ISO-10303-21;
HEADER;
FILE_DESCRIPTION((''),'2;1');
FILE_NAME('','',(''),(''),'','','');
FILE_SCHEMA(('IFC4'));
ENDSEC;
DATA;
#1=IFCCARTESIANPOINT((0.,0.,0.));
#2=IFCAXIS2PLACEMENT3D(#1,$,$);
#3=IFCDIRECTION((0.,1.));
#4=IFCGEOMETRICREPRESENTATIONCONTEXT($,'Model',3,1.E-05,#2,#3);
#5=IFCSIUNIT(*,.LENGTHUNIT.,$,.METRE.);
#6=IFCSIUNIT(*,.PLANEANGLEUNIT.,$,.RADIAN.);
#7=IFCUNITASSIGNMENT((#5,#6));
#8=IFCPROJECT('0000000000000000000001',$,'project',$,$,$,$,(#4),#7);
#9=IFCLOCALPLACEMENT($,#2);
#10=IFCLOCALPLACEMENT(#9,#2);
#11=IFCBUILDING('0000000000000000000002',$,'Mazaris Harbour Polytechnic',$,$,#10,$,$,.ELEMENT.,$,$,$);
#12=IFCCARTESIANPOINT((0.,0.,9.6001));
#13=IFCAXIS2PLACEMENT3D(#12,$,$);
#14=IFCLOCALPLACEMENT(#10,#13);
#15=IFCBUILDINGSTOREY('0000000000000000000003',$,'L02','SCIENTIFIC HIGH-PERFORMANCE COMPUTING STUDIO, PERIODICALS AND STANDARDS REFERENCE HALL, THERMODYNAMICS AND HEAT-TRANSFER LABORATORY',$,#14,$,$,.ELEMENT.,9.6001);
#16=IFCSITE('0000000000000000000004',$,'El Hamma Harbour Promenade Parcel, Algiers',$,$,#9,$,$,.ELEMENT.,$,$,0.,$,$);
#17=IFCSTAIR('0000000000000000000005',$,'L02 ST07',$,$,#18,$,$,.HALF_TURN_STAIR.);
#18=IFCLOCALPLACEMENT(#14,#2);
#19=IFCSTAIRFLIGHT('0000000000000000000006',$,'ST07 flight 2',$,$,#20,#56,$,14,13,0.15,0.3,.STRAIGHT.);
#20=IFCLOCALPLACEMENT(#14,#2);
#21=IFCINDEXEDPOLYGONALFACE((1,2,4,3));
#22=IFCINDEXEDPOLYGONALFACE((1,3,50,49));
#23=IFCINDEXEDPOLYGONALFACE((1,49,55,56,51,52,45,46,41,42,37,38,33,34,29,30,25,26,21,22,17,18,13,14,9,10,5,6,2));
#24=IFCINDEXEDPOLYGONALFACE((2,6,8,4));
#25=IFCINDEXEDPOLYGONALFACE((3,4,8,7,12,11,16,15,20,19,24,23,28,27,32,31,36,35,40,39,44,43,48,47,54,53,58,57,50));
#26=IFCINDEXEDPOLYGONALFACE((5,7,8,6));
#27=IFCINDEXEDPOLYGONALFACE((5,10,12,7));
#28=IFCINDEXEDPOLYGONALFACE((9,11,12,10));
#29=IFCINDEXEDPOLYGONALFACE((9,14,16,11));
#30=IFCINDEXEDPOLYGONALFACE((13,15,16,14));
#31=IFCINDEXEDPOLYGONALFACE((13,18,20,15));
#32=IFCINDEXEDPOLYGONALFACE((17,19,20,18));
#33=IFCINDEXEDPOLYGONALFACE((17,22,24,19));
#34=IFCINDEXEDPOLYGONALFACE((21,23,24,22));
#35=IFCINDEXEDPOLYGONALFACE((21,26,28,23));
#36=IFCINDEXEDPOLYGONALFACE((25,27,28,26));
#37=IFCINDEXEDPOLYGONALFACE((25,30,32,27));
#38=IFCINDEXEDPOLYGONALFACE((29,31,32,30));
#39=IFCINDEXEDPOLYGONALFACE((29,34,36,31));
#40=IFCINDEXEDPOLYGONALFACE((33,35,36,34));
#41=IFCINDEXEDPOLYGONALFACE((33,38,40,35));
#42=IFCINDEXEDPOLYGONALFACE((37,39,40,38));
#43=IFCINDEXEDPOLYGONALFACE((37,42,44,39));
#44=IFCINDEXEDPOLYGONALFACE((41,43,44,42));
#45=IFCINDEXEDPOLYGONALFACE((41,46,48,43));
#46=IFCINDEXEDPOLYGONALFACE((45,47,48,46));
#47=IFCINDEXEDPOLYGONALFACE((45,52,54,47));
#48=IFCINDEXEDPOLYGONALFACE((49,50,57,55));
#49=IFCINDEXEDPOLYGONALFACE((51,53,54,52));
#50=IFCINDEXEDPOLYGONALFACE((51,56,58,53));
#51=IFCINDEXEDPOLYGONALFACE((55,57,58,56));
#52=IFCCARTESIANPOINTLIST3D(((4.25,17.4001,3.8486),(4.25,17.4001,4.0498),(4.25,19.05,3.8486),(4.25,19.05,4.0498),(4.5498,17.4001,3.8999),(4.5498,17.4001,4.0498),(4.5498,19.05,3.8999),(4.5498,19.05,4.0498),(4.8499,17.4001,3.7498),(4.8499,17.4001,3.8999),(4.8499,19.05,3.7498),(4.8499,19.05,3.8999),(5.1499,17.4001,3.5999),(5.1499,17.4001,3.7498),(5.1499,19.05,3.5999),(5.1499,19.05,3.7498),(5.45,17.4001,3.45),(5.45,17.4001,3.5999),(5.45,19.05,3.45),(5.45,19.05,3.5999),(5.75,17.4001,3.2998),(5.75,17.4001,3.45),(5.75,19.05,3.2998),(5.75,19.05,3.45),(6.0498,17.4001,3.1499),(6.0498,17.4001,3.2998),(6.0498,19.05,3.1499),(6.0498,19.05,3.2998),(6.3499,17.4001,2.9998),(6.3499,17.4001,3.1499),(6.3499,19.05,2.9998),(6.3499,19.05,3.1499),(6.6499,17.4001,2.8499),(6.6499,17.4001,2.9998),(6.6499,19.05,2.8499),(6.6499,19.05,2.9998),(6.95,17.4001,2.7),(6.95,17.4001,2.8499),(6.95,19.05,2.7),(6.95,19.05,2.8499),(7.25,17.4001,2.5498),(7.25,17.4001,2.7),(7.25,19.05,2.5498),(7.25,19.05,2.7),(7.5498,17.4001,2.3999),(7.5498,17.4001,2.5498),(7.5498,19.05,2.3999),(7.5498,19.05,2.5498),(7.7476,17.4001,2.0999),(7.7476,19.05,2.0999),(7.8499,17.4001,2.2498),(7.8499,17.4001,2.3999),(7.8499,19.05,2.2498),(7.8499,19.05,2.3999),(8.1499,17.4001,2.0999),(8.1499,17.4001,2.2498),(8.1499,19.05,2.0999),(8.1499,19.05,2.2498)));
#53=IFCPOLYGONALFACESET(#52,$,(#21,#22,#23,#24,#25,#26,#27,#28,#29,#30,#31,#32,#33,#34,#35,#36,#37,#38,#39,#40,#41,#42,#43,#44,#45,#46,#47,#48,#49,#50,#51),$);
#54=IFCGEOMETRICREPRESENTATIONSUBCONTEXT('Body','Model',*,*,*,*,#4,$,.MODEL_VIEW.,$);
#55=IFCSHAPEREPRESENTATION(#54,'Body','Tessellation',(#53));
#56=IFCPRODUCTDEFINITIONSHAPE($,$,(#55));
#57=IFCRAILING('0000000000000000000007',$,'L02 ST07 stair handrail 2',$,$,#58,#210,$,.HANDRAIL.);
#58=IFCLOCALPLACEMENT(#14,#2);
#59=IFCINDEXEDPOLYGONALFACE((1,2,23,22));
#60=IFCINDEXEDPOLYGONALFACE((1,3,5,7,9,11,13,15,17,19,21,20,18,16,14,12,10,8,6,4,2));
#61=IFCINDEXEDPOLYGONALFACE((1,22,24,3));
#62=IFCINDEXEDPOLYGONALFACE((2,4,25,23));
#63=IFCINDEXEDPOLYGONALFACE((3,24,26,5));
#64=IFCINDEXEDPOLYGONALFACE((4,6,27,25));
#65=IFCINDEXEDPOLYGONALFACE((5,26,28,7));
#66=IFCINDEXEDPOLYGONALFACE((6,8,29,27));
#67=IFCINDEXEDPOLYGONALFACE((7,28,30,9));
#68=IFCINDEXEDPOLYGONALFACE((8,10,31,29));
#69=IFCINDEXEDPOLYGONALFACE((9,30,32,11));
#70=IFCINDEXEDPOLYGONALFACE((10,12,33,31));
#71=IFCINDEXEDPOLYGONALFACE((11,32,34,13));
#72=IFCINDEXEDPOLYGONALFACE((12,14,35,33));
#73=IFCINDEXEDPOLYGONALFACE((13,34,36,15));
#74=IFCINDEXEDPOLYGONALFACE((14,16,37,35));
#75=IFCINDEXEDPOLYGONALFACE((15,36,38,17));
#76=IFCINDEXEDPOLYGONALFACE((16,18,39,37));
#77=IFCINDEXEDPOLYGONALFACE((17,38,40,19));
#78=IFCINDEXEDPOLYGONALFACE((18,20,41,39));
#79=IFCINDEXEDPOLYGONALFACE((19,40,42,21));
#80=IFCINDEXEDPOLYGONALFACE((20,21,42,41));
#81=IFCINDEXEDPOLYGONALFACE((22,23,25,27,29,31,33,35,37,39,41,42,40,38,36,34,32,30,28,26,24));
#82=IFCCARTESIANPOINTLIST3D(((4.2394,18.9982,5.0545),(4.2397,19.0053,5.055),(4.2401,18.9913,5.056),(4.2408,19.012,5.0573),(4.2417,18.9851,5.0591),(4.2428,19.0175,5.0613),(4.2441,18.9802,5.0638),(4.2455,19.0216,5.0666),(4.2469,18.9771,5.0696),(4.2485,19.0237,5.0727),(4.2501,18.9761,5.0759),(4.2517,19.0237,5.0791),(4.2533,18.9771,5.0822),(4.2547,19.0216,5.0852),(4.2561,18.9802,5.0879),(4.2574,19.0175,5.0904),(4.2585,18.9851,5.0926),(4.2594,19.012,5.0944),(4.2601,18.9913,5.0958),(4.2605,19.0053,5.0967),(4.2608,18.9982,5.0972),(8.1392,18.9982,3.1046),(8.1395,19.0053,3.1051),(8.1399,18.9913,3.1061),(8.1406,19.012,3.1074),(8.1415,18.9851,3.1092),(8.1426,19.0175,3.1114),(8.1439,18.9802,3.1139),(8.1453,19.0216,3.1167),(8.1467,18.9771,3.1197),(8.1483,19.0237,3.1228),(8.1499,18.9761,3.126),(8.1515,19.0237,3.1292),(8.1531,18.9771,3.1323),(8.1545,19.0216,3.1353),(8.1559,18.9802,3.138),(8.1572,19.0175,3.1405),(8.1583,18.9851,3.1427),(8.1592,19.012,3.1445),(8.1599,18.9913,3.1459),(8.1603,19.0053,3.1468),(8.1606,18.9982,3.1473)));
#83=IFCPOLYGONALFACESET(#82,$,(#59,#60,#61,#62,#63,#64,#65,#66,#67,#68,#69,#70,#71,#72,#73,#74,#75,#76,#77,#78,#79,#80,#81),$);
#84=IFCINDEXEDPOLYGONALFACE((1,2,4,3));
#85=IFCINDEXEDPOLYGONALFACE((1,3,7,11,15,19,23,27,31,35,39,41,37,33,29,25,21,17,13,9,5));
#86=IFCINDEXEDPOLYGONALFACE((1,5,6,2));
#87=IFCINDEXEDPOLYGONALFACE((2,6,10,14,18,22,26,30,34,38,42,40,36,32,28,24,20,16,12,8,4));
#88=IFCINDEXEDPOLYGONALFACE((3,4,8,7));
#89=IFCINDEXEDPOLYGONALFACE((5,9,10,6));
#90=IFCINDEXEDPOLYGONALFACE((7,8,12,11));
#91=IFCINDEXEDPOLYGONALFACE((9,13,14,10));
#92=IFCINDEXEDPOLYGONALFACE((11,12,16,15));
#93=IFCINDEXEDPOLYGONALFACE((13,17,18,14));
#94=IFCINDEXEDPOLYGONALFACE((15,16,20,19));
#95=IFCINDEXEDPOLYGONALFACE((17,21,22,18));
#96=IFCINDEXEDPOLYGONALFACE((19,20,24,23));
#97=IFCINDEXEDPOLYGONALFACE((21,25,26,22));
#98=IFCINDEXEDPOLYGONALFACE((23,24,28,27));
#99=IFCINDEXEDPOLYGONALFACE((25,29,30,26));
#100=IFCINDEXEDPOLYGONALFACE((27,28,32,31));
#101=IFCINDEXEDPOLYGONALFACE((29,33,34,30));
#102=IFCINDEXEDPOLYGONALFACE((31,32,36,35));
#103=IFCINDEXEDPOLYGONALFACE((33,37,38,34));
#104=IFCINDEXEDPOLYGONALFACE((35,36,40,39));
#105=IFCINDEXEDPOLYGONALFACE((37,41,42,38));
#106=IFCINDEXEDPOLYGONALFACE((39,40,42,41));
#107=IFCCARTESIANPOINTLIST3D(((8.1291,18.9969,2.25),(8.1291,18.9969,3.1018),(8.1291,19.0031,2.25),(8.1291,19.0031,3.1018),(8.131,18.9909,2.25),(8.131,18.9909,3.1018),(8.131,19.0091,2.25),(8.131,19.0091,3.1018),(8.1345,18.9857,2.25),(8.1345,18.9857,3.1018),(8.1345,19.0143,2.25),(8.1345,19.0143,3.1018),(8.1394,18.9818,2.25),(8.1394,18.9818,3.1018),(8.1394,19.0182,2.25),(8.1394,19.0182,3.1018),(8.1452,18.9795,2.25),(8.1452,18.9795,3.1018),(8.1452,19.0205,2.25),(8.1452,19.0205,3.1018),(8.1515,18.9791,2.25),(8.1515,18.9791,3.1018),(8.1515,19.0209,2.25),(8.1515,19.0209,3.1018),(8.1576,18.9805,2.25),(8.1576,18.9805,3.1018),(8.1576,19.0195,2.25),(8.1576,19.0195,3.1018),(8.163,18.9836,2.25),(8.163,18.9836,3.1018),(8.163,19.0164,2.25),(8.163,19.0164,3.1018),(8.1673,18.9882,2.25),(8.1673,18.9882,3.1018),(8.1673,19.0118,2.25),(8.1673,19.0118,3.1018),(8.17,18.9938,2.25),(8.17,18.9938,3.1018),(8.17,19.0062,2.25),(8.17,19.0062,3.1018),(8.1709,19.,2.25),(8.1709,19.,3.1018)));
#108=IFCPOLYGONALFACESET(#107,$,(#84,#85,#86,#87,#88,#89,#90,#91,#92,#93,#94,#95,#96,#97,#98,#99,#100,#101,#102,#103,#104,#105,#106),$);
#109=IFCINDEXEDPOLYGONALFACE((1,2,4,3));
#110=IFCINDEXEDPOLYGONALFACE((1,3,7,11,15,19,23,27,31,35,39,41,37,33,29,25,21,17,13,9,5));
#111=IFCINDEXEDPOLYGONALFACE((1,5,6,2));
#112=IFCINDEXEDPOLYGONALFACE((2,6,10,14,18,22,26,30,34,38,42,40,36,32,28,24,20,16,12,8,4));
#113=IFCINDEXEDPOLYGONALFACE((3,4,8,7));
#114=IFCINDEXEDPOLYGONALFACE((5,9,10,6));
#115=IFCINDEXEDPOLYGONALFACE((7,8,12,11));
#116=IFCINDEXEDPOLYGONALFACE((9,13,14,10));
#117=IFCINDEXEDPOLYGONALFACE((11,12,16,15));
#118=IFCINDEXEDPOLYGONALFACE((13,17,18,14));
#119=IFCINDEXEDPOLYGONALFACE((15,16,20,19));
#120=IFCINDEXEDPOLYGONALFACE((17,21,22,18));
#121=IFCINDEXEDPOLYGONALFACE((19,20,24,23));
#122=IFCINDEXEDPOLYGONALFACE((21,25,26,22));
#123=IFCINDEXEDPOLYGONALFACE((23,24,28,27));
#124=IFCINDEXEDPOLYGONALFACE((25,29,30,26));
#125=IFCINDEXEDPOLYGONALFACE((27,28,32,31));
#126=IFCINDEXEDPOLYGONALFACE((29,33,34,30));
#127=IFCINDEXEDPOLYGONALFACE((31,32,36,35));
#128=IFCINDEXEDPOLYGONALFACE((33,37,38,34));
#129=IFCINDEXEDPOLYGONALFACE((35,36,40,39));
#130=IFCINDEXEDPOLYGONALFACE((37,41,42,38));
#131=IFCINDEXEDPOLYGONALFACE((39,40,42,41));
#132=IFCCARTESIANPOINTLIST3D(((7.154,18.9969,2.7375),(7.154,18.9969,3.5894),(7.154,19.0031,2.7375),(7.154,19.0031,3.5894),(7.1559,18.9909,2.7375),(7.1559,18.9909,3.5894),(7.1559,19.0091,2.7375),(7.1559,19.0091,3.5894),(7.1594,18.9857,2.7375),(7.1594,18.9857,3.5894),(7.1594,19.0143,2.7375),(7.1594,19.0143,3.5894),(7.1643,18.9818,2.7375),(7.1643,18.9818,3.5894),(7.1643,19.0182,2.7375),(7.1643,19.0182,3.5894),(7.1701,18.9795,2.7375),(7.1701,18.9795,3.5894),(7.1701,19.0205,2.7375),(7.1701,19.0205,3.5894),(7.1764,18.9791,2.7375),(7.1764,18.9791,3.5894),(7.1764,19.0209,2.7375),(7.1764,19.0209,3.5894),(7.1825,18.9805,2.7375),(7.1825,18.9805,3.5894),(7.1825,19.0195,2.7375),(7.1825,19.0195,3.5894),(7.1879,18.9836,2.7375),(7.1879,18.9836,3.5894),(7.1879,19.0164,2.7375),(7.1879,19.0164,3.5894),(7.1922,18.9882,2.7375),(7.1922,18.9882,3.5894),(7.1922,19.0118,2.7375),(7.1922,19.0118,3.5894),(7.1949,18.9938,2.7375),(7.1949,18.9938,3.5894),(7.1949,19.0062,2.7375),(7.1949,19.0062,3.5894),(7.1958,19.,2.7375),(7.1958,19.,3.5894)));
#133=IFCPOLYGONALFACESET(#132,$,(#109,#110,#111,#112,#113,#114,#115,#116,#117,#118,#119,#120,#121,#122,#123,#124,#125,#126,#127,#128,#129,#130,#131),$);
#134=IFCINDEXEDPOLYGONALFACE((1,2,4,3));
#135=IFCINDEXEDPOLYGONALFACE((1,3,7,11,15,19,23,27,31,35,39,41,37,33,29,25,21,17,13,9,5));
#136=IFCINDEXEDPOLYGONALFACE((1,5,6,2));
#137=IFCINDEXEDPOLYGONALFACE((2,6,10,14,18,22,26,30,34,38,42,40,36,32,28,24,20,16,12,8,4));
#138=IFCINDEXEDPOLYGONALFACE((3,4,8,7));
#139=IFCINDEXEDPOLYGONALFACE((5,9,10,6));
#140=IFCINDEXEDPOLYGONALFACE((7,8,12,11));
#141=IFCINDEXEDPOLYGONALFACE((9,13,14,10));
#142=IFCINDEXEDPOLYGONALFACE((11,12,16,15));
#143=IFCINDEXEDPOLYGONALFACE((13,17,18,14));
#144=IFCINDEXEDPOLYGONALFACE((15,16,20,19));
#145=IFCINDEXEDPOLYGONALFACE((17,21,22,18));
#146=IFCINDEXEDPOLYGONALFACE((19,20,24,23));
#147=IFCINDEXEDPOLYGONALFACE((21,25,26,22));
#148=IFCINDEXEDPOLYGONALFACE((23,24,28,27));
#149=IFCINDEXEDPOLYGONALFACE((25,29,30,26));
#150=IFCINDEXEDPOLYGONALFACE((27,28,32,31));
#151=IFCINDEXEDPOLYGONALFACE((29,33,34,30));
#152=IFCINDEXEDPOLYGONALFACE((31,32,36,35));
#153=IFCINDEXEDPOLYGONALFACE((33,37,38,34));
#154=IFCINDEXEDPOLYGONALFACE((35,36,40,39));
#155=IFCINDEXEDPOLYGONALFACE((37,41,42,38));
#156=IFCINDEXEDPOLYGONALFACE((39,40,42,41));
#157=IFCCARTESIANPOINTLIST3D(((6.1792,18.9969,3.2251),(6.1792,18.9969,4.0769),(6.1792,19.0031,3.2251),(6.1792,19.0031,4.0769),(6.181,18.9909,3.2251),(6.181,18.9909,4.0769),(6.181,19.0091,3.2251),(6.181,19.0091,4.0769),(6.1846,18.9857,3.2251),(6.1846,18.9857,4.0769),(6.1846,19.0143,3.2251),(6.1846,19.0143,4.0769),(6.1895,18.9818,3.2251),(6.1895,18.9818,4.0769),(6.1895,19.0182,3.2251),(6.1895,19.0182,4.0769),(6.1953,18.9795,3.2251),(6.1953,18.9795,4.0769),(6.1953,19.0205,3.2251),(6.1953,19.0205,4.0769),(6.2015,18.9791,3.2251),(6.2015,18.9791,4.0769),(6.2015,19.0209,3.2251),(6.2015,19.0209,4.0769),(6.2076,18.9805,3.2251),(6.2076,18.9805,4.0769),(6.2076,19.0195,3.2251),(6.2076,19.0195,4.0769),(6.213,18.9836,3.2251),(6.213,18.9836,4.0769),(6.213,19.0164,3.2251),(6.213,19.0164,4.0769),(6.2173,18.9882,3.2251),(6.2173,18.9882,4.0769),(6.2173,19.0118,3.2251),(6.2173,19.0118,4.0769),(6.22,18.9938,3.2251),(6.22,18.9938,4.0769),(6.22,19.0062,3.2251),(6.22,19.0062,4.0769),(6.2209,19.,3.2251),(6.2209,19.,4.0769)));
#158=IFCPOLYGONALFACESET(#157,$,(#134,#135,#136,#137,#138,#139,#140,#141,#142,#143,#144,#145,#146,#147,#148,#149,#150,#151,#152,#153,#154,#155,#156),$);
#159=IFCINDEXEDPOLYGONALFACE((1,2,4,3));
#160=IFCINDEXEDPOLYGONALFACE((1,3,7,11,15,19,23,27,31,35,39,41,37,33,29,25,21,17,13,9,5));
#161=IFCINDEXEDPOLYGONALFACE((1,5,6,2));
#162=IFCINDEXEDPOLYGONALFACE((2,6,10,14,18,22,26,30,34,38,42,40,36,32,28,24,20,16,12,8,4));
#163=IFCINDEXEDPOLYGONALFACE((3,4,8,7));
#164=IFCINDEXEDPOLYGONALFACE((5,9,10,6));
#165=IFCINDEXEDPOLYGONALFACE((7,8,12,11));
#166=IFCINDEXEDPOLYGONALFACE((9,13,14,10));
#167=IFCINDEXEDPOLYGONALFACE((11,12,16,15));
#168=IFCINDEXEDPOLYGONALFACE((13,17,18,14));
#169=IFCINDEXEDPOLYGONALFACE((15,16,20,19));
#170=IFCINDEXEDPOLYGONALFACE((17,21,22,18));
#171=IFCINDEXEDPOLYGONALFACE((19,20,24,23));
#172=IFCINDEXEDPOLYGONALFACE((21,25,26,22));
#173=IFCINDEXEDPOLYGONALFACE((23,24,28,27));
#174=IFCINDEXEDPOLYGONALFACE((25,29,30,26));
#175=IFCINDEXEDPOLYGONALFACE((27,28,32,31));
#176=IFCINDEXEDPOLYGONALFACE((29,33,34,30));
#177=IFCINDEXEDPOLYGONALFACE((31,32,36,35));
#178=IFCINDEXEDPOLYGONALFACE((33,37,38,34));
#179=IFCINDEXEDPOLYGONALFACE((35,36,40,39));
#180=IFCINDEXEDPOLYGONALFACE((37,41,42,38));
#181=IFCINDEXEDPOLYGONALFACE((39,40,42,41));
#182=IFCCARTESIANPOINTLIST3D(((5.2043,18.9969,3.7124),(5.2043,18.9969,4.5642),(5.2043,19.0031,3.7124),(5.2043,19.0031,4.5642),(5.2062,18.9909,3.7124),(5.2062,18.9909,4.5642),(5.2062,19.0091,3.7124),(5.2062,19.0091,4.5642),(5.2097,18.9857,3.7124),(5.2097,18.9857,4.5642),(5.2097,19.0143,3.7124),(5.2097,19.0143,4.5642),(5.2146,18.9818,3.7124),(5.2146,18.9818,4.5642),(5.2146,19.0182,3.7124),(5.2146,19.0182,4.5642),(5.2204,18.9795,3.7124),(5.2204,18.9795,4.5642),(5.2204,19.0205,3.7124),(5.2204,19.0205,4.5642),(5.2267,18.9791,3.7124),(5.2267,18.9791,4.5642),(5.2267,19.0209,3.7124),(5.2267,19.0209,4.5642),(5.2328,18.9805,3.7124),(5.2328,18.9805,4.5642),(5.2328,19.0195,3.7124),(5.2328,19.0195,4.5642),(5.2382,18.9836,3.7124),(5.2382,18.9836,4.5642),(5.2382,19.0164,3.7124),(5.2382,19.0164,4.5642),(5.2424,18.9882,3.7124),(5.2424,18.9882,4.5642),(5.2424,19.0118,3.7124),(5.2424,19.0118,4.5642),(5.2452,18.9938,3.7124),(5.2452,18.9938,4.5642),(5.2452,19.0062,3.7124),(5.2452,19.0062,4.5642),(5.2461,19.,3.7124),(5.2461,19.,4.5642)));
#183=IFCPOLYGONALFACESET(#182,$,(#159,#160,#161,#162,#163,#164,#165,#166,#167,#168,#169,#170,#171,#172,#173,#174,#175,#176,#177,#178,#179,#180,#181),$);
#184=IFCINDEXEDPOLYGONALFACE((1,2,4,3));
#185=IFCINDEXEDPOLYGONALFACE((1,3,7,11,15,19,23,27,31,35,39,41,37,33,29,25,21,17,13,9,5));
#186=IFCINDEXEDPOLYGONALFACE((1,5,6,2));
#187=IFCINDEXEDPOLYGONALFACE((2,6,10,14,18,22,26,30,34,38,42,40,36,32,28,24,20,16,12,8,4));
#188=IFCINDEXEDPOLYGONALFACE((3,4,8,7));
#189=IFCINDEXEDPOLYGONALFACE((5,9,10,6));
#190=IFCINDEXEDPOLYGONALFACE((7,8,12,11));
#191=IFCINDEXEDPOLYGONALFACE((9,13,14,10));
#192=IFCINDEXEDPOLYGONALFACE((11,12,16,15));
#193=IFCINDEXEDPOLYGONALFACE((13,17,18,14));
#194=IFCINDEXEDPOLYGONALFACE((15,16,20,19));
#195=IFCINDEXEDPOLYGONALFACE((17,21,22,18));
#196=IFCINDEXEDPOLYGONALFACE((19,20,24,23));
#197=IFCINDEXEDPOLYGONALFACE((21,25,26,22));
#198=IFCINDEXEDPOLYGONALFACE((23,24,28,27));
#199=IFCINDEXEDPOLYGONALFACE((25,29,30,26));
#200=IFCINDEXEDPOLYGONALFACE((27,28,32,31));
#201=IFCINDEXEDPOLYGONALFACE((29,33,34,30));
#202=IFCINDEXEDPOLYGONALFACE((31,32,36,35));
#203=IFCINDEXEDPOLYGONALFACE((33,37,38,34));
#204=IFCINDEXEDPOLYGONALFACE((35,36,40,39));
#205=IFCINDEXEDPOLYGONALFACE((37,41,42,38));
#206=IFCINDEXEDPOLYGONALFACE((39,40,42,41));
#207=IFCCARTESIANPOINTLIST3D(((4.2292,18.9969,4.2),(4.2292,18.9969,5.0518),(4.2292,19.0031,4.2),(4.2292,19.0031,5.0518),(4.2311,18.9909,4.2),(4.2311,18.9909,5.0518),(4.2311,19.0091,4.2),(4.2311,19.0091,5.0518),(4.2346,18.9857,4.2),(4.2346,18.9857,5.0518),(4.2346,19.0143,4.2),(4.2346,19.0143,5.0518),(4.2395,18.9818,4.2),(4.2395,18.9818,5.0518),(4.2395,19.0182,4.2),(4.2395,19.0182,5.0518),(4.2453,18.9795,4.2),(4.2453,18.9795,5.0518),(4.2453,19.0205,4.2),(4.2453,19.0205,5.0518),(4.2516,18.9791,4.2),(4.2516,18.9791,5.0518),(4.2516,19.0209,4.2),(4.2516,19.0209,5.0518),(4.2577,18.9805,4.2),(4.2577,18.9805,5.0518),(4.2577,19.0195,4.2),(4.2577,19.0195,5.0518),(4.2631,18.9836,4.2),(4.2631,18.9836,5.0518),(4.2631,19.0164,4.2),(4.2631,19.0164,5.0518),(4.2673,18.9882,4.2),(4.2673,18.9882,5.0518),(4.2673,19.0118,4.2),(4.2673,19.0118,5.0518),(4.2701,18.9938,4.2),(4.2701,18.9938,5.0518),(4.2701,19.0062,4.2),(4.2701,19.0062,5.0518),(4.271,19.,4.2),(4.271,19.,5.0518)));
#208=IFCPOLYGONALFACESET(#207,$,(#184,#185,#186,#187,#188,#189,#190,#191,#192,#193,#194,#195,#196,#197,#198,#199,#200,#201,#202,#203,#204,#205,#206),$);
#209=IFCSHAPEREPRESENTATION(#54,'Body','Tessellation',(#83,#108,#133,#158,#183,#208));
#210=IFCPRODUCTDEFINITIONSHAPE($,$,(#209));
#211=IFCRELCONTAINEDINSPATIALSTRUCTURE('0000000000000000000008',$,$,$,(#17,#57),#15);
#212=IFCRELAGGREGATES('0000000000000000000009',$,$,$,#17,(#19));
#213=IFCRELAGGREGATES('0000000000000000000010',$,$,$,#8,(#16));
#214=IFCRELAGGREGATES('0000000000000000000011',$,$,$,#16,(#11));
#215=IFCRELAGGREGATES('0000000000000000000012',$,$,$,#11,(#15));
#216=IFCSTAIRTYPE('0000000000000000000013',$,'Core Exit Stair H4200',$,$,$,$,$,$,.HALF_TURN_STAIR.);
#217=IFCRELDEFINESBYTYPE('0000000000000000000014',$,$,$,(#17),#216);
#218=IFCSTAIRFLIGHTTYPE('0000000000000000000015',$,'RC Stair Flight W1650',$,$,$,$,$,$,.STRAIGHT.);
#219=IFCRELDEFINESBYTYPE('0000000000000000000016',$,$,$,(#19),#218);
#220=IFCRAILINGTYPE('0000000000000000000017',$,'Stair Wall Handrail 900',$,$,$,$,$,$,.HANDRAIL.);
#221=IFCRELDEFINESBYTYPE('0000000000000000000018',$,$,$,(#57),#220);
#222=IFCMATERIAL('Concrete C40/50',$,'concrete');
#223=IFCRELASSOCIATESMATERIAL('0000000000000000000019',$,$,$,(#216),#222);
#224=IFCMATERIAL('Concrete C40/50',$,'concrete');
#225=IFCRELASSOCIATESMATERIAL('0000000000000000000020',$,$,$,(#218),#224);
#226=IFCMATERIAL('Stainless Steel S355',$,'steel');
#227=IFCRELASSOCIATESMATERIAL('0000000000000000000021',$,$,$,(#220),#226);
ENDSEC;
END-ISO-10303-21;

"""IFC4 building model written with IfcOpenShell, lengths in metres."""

from ifc_helpers import new_model, si_unit, direction, frame, origin, origin_2d, place, context, subcontext, project, spatial, polyline, circle, outline, extrude, material, type_object, element, aggregate, save


model = new_model("IFC4")

# Units and contexts
model_context = context("Model", 3, precision=1e-05, world=origin(), true_north=direction((0.0, 1.0)))
body_context = subcontext(model_context, "Body", "Model", "MODEL_VIEW")
ifc_project = project(units=[si_unit("LENGTHUNIT", "METRE"), si_unit("PLANEANGLEUNIT", "RADIAN")], contexts=[model_context])

# Site, building, storey
site_placement = place(None, origin())
site = spatial("IfcSite", under=ifc_project, at=site_placement, Name="El Hamma Harbour Promenade Parcel, Algiers", CompositionType="ELEMENT", RefElevation=0.0)
building_placement = place(site_placement, origin())
building = spatial("IfcBuilding", under=site, at=building_placement, Name="Mazaris Harbour Polytechnic", CompositionType="ELEMENT")
storey_placement = place(building_placement, frame((0.0, 0.0, 9.6001)))
storey = spatial("IfcBuildingStorey", under=building, at=storey_placement, Name="L02", Description="SCIENTIFIC HIGH-PERFORMANCE COMPUTING STUDIO, PERIODICALS AND STANDARDS REFERENCE HALL, THERMODYNAMICS AND HEAT-TRANSFER LABORATORY", CompositionType="ELEMENT", Elevation=9.6001)

# Stair, stair flight
ifc_material_1 = material(Name="Concrete C40/50", Category="concrete")
stair_type = type_object("IfcStairType", Name="Core Exit Stair H4200", PredefinedType="HALF_TURN_STAIR", material=ifc_material_1)
stair_placement = place(storey_placement, origin())
stair = element("IfcStair", 1, at=stair_placement, inside=storey, type_object=stair_type, Name="L02 ST07", PredefinedType="HALF_TURN_STAIR")
ifc_material_2 = material(Name="Concrete C40/50", Category="concrete")
stair_flight_type = type_object("IfcStairFlightType", Name="RC Stair Flight W1650", PredefinedType="STRAIGHT", material=ifc_material_2)
stair_flight_placement = place(storey_placement, frame((8.1499, 18.2251, 2.0999), z_axis=(0.0, 0.0, 1.0), x_axis=(-1.0, 0.0, 0.0)))
stair_flight = element("IfcStairFlight", 2, at=stair_flight_placement, type_object=stair_flight_type, Name="ST07 flight 2", NumberOfRisers=14, NumberOfTreads=13, PredefinedType="STRAIGHT", RiserHeight=0.15, TreadLength=0.3, context=body_context, shape_type="SweptSolid", body=[
    extrude(outline(polyline([(0.0, 0.0), (0.0, 0.1499), (0.3, 0.1499), (0.3, 0.3), (0.6001, 0.3), (0.6001, 0.45), (0.8999, 0.45), (0.8999, 0.6001), (1.2, 0.6001), (1.2, 0.75), (1.5, 0.75), (1.5, 0.8999), (1.8, 0.8999), (1.8, 1.05), (2.1001, 1.05), (2.1001, 1.2), (2.3999, 1.2), (2.3999, 1.3501), (2.7, 1.3501), (2.7, 1.5), (3.0, 1.5), (3.0, 1.6499), (3.3, 1.6499), (3.3, 1.8), (3.6001, 1.8), (3.6001, 1.95), (3.8999, 1.95), (3.8999, 2.1001), (3.8999, 1.7488), (0.4023, 0.0), (0.0, 0.0)])), frame((0.0, 0.825, 0.0), z_axis=(0.0, -1.0, 0.0), x_axis=(1.0, 0.0, 0.0)), (0.0, 0.0, 1.0), 1.6499),
])
aggregate(stair, [stair_flight])

# Railing
ifc_material_3 = material(Name="Stainless Steel S355", Category="steel")
railing_type_1 = type_object("IfcRailingType", Name="Stair Wall Handrail 900", PredefinedType="HANDRAIL", material=ifc_material_3)
railing_1_placement = place(storey_placement, frame((8.1499, 19.0, 2.25)))
element("IfcRailing", 3, at=railing_1_placement, inside=storey, type_object=railing_type_1, Name="L02 ST07 stair handrail 2", PredefinedType="HANDRAIL", context=body_context, shape_type="SweptSolid", body=[
    extrude(circle(Radius=0.0239, at=origin_2d()), frame((0.0, 0.0, 0.876), z_axis=(-0.894427, 0.0, 0.447214), x_axis=(0.0, -1.0, 0.0)), (0.0, 0.0, 1.0), 4.3601),
    extrude(circle(Radius=0.021, at=origin_2d()), origin(), (0.0, 0.0, 1.0), 0.8518),
    extrude(circle(Radius=0.021, at=origin_2d()), frame((-0.9751, 0.0, 0.4875)), (0.0, 0.0, 1.0), 0.8518),
    extrude(circle(Radius=0.021, at=origin_2d()), frame((-1.95, 0.0, 0.9751)), (0.0, 0.0, 1.0), 0.8518),
    extrude(circle(Radius=0.021, at=origin_2d()), frame((-2.9248, 0.0, 1.4624)), (0.0, 0.0, 1.0), 0.8518),
    extrude(circle(Radius=0.021, at=origin_2d()), frame((-3.8999, 0.0, 1.95)), (0.0, 0.0, 1.0), 0.8518),
])

save(model, "model.ifc")
